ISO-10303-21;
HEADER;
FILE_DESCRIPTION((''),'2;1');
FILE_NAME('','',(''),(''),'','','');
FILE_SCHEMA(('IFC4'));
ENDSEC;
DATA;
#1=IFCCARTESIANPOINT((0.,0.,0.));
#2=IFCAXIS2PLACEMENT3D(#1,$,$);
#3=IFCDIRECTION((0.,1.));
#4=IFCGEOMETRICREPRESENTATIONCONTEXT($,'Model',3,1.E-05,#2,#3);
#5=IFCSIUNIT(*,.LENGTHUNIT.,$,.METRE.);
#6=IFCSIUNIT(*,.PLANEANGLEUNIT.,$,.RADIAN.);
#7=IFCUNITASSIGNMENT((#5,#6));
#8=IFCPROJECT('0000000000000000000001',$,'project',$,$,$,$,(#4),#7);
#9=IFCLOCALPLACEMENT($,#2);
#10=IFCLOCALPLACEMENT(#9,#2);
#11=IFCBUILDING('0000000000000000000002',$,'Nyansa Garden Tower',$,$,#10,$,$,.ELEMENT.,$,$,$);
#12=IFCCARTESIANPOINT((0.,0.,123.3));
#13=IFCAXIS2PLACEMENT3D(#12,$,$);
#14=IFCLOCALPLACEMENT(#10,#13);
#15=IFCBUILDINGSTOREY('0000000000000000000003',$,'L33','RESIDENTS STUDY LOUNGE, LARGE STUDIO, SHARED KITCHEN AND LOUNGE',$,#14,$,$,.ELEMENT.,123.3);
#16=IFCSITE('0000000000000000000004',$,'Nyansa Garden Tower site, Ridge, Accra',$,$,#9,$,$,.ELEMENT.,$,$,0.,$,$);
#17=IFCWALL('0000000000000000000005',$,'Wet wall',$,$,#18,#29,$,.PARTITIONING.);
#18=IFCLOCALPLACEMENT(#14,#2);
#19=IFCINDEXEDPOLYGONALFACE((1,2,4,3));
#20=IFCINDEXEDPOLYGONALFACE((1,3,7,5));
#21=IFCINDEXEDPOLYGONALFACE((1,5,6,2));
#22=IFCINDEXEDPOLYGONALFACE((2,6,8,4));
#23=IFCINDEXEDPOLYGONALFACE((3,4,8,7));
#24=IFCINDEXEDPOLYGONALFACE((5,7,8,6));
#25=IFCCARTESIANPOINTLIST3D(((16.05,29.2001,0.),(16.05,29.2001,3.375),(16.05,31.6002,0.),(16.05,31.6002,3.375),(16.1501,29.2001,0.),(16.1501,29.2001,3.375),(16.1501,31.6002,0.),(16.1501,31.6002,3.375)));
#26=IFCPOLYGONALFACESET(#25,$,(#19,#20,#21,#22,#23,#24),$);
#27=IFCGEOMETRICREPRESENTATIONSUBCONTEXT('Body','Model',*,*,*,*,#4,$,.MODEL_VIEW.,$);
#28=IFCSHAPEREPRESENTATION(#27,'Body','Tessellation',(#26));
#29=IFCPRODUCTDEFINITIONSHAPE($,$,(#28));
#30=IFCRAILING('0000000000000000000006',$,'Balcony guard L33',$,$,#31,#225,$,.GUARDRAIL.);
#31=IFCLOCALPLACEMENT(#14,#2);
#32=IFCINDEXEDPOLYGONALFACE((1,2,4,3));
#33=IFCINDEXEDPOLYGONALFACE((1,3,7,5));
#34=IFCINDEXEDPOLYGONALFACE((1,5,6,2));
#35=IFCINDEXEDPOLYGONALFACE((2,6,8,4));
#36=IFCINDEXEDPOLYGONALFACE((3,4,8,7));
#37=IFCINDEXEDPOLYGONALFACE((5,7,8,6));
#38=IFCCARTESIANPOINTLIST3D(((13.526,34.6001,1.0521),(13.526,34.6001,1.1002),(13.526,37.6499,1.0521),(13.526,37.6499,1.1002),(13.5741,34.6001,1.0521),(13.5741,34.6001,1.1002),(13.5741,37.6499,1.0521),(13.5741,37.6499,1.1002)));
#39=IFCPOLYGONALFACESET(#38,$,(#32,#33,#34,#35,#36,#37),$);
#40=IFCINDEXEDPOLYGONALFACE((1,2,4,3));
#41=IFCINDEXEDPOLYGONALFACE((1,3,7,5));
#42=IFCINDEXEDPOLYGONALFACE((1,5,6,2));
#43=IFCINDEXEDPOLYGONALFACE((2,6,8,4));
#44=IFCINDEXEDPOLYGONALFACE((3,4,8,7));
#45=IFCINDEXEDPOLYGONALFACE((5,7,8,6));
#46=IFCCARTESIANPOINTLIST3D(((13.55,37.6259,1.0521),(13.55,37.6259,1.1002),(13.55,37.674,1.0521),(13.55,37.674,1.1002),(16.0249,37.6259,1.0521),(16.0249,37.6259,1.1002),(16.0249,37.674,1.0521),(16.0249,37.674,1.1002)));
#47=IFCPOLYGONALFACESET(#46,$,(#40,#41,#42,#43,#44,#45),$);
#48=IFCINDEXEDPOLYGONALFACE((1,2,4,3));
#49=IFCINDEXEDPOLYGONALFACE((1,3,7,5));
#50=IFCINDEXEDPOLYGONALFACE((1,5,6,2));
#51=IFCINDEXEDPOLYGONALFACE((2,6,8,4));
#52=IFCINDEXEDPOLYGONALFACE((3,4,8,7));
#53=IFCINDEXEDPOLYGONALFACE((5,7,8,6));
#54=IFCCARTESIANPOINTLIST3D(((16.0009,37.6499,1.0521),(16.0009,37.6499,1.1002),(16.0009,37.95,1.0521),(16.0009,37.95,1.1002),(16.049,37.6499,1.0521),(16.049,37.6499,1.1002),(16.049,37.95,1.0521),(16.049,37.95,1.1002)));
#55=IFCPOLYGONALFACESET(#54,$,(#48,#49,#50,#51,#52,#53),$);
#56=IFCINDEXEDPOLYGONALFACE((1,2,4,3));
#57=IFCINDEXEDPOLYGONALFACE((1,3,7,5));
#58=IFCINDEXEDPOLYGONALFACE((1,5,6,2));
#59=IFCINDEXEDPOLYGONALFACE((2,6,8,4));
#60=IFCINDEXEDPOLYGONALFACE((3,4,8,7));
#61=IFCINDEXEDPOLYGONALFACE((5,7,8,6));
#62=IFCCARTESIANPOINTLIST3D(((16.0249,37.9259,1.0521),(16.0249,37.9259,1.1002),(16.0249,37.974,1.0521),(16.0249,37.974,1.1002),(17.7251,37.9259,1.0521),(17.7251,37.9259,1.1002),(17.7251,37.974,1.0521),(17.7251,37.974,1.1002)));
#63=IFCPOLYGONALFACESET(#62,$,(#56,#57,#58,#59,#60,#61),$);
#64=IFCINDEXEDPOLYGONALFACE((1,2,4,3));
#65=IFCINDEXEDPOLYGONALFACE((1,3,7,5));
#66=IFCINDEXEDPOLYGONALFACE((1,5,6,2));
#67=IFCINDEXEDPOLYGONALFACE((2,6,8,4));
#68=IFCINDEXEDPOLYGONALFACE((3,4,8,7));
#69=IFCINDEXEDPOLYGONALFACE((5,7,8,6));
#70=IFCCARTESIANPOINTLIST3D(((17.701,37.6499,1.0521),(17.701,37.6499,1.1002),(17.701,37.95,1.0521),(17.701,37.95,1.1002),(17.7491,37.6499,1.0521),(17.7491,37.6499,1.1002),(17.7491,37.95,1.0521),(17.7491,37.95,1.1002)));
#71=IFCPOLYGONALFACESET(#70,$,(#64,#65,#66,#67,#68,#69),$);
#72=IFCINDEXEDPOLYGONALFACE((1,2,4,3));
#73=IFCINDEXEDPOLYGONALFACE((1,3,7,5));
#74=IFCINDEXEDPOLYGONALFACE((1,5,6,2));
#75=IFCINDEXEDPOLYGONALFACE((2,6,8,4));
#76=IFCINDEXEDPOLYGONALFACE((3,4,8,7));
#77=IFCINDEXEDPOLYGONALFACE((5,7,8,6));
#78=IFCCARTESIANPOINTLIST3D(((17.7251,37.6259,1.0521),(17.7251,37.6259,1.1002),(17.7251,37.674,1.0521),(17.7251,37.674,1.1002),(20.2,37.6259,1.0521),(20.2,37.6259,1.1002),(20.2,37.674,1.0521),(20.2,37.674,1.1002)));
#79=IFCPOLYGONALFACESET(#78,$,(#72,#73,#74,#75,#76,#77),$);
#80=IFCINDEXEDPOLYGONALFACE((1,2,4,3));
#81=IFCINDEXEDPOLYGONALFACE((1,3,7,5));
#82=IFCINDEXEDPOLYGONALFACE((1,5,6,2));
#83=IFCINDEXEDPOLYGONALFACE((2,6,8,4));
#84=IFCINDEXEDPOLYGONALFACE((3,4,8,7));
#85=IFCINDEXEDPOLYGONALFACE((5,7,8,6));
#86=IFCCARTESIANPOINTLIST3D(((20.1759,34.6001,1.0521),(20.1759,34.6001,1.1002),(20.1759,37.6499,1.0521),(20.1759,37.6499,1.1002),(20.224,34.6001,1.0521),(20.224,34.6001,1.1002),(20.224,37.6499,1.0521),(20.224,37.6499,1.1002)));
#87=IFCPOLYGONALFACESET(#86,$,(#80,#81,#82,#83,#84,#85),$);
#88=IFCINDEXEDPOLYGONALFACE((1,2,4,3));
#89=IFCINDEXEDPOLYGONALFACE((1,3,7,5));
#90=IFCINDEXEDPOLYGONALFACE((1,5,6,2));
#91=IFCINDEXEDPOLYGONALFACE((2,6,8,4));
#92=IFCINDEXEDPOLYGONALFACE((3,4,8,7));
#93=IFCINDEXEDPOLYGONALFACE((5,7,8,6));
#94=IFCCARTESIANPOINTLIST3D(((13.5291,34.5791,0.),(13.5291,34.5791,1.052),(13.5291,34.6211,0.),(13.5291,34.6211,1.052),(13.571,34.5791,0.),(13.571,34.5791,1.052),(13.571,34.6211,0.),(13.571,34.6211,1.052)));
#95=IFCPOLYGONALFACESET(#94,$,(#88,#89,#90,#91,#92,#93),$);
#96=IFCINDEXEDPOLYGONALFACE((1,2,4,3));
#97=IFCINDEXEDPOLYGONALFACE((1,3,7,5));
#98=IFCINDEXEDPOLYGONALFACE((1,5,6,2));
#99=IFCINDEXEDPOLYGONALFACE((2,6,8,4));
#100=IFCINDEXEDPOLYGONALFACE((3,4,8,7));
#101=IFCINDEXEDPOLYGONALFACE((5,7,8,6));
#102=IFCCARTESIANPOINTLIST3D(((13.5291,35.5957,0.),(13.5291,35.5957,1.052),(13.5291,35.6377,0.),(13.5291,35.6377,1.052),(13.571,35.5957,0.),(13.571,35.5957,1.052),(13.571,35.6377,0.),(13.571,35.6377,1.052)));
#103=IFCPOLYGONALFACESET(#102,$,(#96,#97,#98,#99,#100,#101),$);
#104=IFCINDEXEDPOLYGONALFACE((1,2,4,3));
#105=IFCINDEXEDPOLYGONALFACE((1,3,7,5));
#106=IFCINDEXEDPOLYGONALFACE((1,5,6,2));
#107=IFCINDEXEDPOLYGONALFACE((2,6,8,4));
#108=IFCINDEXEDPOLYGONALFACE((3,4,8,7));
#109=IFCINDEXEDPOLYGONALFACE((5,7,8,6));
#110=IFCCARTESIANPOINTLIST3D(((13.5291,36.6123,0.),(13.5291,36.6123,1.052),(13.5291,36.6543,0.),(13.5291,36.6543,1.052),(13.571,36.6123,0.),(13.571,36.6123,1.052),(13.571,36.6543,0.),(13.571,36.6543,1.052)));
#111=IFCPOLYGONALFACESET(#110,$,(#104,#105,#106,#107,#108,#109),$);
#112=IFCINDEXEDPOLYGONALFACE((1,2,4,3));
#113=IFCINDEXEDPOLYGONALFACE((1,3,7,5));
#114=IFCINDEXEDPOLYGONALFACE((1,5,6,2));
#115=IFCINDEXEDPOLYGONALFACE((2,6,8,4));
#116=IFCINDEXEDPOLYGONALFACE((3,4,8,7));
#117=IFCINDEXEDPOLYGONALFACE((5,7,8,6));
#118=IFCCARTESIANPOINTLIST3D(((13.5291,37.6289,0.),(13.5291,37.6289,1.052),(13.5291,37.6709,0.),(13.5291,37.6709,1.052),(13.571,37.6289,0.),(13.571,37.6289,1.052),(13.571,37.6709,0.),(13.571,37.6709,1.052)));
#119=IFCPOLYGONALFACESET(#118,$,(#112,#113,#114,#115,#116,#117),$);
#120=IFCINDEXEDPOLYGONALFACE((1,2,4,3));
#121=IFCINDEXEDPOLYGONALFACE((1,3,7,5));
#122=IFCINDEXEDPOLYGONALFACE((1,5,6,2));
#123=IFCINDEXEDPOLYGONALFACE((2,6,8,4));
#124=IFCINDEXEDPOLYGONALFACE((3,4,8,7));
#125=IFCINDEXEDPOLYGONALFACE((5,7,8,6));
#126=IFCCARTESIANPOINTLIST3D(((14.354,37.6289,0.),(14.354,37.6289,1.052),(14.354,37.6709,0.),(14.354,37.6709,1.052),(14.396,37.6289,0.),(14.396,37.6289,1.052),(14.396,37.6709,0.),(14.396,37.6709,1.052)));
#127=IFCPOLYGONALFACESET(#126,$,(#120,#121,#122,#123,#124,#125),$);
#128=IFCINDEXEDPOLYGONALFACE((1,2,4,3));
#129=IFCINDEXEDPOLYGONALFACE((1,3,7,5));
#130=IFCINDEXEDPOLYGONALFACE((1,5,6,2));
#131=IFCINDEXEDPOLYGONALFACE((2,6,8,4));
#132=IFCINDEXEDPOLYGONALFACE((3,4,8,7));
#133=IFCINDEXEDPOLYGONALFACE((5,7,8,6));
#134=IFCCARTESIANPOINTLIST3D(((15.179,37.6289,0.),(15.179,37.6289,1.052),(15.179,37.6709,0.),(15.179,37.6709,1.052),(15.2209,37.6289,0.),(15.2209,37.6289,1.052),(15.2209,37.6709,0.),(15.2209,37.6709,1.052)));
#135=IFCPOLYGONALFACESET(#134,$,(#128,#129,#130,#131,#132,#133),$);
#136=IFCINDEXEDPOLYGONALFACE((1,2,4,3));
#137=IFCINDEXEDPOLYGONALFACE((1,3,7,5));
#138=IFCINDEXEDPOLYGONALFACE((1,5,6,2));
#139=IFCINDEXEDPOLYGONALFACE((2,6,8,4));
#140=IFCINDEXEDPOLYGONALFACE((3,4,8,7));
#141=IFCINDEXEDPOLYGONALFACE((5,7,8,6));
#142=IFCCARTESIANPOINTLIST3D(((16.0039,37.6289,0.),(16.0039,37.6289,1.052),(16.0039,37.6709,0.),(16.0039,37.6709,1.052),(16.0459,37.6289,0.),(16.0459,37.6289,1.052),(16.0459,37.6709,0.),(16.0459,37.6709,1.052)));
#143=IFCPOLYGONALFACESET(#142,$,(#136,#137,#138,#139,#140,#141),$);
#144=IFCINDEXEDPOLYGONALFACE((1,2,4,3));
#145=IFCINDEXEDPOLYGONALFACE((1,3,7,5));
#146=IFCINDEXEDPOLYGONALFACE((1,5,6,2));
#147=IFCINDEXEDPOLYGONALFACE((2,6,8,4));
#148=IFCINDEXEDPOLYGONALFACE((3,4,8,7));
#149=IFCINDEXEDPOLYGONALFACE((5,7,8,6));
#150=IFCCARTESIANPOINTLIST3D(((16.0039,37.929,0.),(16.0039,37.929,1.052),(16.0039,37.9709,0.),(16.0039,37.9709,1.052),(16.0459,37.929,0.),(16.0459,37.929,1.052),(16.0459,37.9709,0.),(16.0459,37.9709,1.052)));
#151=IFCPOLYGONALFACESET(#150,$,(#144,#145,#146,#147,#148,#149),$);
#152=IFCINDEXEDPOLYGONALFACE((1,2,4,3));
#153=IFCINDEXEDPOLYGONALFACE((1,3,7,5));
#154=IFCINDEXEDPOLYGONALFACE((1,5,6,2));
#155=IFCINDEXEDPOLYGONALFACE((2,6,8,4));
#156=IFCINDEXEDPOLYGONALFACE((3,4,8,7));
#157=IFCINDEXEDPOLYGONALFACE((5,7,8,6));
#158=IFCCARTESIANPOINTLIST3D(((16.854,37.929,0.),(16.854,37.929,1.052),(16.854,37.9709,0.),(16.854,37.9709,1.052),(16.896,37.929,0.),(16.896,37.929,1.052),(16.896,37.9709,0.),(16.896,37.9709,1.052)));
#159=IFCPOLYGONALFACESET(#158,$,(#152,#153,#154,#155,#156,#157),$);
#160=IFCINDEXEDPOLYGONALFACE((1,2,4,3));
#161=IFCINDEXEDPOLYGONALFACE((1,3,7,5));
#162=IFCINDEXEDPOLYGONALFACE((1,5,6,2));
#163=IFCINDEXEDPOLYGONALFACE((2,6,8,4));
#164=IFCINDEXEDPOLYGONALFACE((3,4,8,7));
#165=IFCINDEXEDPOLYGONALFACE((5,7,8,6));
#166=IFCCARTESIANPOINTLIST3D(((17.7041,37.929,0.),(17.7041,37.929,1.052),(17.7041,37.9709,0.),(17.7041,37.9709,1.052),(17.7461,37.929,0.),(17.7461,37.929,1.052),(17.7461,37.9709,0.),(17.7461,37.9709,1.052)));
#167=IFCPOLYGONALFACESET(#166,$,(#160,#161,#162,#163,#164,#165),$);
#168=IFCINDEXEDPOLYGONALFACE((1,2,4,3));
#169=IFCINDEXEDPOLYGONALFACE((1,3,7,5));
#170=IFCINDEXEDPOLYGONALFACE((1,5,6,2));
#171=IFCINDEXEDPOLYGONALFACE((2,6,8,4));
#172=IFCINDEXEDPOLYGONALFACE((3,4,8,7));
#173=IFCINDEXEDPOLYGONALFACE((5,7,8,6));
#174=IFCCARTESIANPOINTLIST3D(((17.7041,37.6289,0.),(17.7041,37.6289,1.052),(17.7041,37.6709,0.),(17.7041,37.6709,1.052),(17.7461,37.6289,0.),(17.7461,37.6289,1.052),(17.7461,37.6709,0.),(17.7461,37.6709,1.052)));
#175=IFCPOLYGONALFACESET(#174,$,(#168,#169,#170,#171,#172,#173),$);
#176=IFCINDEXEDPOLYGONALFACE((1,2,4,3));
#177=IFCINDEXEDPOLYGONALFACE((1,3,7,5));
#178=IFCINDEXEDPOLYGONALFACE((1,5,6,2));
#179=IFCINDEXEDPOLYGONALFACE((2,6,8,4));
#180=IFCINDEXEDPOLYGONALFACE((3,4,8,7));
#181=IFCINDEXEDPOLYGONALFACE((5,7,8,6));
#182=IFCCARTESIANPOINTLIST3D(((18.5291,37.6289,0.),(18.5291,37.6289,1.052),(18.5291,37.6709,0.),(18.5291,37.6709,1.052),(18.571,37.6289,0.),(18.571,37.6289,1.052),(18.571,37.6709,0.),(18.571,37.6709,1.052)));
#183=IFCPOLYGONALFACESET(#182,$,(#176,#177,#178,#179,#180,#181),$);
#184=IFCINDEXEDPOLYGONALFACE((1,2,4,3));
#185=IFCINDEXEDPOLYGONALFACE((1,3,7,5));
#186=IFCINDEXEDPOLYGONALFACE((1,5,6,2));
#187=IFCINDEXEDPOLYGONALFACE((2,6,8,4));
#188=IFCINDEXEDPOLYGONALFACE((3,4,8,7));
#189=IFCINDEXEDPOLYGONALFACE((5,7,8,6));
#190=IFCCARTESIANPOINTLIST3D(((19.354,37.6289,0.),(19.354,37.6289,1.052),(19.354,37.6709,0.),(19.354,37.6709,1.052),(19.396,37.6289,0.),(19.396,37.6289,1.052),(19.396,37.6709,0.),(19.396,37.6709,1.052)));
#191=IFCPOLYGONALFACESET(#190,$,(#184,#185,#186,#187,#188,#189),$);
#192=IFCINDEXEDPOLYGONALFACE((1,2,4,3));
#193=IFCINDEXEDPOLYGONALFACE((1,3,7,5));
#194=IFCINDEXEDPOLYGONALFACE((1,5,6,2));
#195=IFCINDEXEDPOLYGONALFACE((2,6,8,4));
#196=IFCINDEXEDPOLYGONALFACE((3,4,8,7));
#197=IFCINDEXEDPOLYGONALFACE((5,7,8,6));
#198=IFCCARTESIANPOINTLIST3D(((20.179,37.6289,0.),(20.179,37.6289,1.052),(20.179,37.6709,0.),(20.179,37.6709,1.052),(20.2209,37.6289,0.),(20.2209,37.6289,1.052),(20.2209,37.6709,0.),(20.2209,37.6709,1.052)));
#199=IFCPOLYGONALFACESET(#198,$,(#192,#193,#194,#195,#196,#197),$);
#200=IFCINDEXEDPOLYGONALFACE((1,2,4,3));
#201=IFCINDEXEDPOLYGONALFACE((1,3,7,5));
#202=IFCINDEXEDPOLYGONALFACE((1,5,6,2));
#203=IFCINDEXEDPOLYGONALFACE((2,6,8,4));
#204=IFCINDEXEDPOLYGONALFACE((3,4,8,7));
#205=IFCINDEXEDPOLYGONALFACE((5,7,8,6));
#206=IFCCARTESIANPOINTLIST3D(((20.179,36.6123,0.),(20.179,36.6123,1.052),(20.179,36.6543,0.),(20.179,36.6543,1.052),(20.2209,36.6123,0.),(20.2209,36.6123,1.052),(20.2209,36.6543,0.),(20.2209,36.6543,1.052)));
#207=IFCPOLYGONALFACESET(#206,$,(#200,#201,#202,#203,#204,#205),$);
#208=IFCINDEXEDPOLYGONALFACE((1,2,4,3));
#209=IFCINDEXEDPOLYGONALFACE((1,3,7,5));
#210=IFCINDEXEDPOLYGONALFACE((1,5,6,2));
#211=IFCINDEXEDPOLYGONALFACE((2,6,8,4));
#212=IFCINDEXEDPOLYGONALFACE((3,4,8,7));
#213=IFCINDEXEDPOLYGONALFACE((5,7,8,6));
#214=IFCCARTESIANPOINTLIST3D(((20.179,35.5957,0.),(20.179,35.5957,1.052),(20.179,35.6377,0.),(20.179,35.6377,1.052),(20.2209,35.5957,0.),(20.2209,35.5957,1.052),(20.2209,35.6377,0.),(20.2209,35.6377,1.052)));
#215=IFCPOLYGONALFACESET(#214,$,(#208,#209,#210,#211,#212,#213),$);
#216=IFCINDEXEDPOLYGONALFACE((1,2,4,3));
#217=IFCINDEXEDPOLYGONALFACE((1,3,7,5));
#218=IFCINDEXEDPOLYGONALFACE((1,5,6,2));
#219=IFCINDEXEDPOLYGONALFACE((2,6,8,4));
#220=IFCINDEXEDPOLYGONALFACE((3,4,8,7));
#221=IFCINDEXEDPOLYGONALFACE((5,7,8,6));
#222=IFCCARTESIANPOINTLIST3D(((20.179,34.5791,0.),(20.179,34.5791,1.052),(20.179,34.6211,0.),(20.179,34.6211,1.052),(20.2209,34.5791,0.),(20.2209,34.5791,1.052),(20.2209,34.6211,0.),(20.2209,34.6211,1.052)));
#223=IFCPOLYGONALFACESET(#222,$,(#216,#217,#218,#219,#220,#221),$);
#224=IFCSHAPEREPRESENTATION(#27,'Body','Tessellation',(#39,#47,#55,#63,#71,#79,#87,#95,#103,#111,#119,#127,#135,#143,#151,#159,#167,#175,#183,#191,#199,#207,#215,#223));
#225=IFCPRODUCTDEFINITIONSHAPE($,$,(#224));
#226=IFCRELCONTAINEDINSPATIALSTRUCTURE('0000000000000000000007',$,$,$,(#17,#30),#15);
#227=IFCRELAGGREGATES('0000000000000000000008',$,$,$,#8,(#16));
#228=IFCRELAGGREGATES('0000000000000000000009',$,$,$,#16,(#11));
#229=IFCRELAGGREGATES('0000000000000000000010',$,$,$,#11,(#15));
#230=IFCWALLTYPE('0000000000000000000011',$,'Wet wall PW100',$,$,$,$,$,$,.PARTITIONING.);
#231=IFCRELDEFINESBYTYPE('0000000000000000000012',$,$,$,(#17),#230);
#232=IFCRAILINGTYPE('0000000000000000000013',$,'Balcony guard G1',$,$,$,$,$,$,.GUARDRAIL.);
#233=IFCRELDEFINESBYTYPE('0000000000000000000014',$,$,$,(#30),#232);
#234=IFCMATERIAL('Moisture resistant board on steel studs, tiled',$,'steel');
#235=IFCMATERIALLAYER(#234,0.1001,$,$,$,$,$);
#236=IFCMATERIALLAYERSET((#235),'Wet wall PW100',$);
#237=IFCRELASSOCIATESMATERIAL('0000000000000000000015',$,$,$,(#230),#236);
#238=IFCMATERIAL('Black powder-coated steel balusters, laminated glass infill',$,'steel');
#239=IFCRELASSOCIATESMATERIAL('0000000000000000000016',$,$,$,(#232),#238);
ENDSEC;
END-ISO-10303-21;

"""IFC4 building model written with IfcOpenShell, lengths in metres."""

from ifc_helpers import new_model, si_unit, direction, frame, frame_2d, origin, origin_2d, place, context, subcontext, project, spatial, rectangle, extrude, material, layer, layer_set, type_object, element, save


model = new_model("IFC4")

# Units and contexts
model_context = context("Model", 3, precision=1e-05, world=origin(), true_north=direction((0.0, 1.0)))
body_context = subcontext(model_context, "Body", "Model", "MODEL_VIEW")
ifc_project = project(units=[si_unit("LENGTHUNIT", "METRE"), si_unit("PLANEANGLEUNIT", "RADIAN")], contexts=[model_context])

# Site, building, storey
site_placement = place(None, origin())
site = spatial("IfcSite", under=ifc_project, at=site_placement, Name="Nyansa Garden Tower site, Ridge, Accra", CompositionType="ELEMENT", RefElevation=0.0)
building_placement = place(site_placement, origin())
building = spatial("IfcBuilding", under=site, at=building_placement, Name="Nyansa Garden Tower", CompositionType="ELEMENT")
storey_placement = place(building_placement, frame((0.0, 0.0, 123.3)))
storey = spatial("IfcBuildingStorey", under=building, at=storey_placement, Name="L33", Description="RESIDENTS STUDY LOUNGE, LARGE STUDIO, SHARED KITCHEN AND LOUNGE", CompositionType="ELEMENT", Elevation=123.3)

# Shared definitions
ifc_material_1 = material(Name="Moisture resistant board on steel studs, tiled", Category="steel")
ifc_layer_1 = layer(ifc_material_1, 0.1001)
ifc_layer_set_1 = layer_set([ifc_layer_1], Name="Wet wall PW100")
wall_type_1 = type_object("IfcWallType", Name="Wet wall PW100", PredefinedType="PARTITIONING", material=ifc_layer_set_1)

# Wall
wall_1_placement = place(storey_placement, frame((16.1001, 29.2, 0.0), z_axis=(0.0, 0.0, 1.0), x_axis=(0.0, 1.0, 0.0)))
element("IfcWall", 1, at=wall_1_placement, inside=storey, type_object=wall_type_1, Name="Wet wall", PredefinedType="PARTITIONING", context=body_context, shape_type="SweptSolid", body=[
    extrude(rectangle(XDim=2.4001, YDim=0.1001, at=frame_2d((1.2002, 0.0))), origin(), (0.0, 0.0, 1.0), 3.375),
])

# Railing
ifc_material_2 = material(Name="Black powder-coated steel balusters, laminated glass infill", Category="steel")
railing_type = type_object("IfcRailingType", Name="Balcony guard G1", PredefinedType="GUARDRAIL", material=ifc_material_2)
railing_placement = place(storey_placement, frame((13.55, 34.6001, 0.0)))
element("IfcRailing", 2, at=railing_placement, inside=storey, type_object=railing_type, Name="Balcony guard L33", PredefinedType="GUARDRAIL", context=body_context, shape_type="SweptSolid", body=[
    extrude(rectangle(XDim=0.0481, YDim=0.0481, at=origin_2d()), frame((0.0, 0.0, 1.0762), z_axis=(0.0, 1.0, 0.0), x_axis=(-1.0, 0.0, 0.0)), (0.0, 0.0, 1.0), 3.0498),
    extrude(rectangle(XDim=0.0481, YDim=0.0481, at=origin_2d()), frame((0.0, 3.0498, 1.0762), z_axis=(1.0, 0.0, 0.0), x_axis=(0.0, 1.0, 0.0)), (0.0, 0.0, 1.0), 2.4749),
    extrude(rectangle(XDim=0.0481, YDim=0.0481, at=origin_2d()), frame((2.4749, 3.0498, 1.0762), z_axis=(0.0, 1.0, 0.0), x_axis=(-1.0, 0.0, 0.0)), (0.0, 0.0, 1.0), 0.3),
    extrude(rectangle(XDim=0.0481, YDim=0.0481, at=origin_2d()), frame((2.4749, 3.3499, 1.0762), z_axis=(1.0, 0.0, 0.0), x_axis=(0.0, 1.0, 0.0)), (0.0, 0.0, 1.0), 1.7002),
    extrude(rectangle(XDim=0.0481, YDim=0.0481, at=origin_2d()), frame((4.175, 3.3499, 1.0762), z_axis=(0.0, -1.0, 0.0), x_axis=(1.0, 0.0, 0.0)), (0.0, 0.0, 1.0), 0.3),
    extrude(rectangle(XDim=0.0481, YDim=0.0481, at=origin_2d()), frame((4.175, 3.0498, 1.0762), z_axis=(1.0, 0.0, 0.0), x_axis=(0.0, 1.0, 0.0)), (0.0, 0.0, 1.0), 2.4749),
    extrude(rectangle(XDim=0.0481, YDim=0.0481, at=origin_2d()), frame((6.6499, 3.0498, 1.0762), z_axis=(0.0, -1.0, 0.0), x_axis=(1.0, 0.0, 0.0)), (0.0, 0.0, 1.0), 3.0498),
    extrude(rectangle(XDim=0.042, YDim=0.042, at=origin_2d()), origin(), (0.0, 0.0, 1.0), 1.052),
    extrude(rectangle(XDim=0.042, YDim=0.042, at=origin_2d()), frame((0.0, 1.0166, 0.0)), (0.0, 0.0, 1.0), 1.052),
    extrude(rectangle(XDim=0.042, YDim=0.042, at=origin_2d()), frame((0.0, 2.0332, 0.0)), (0.0, 0.0, 1.0), 1.052),
    extrude(rectangle(XDim=0.042, YDim=0.042, at=origin_2d()), frame((0.0, 3.0498, 0.0)), (0.0, 0.0, 1.0), 1.052),
    extrude(rectangle(XDim=0.042, YDim=0.042, at=origin_2d()), frame((0.825, 3.0498, 0.0)), (0.0, 0.0, 1.0), 1.052),
    extrude(rectangle(XDim=0.042, YDim=0.042, at=origin_2d()), frame((1.6499, 3.0498, 0.0)), (0.0, 0.0, 1.0), 1.052),
    extrude(rectangle(XDim=0.042, YDim=0.042, at=origin_2d()), frame((2.4749, 3.0498, 0.0)), (0.0, 0.0, 1.0), 1.052),
    extrude(rectangle(XDim=0.042, YDim=0.042, at=origin_2d()), frame((2.4749, 3.3499, 0.0)), (0.0, 0.0, 1.0), 1.052),
    extrude(rectangle(XDim=0.042, YDim=0.042, at=origin_2d()), frame((3.325, 3.3499, 0.0)), (0.0, 0.0, 1.0), 1.052),
    extrude(rectangle(XDim=0.042, YDim=0.042, at=origin_2d()), frame((4.175, 3.3499, 0.0)), (0.0, 0.0, 1.0), 1.052),
    extrude(rectangle(XDim=0.042, YDim=0.042, at=origin_2d()), frame((4.175, 3.0498, 0.0)), (0.0, 0.0, 1.0), 1.052),
    extrude(rectangle(XDim=0.042, YDim=0.042, at=origin_2d()), frame((5.0, 3.0498, 0.0)), (0.0, 0.0, 1.0), 1.052),
    extrude(rectangle(XDim=0.042, YDim=0.042, at=origin_2d()), frame((5.825, 3.0498, 0.0)), (0.0, 0.0, 1.0), 1.052),
    extrude(rectangle(XDim=0.042, YDim=0.042, at=origin_2d()), frame((6.6499, 3.0498, 0.0)), (0.0, 0.0, 1.0), 1.052),
    extrude(rectangle(XDim=0.042, YDim=0.042, at=origin_2d()), frame((6.6499, 2.0332, 0.0)), (0.0, 0.0, 1.0), 1.052),
    extrude(rectangle(XDim=0.042, YDim=0.042, at=origin_2d()), frame((6.6499, 1.0166, 0.0)), (0.0, 0.0, 1.0), 1.052),
    extrude(rectangle(XDim=0.042, YDim=0.042, at=origin_2d()), frame((6.6499, 0.0, 0.0)), (0.0, 0.0, 1.0), 1.052),
])

save(model, "model.ifc")
